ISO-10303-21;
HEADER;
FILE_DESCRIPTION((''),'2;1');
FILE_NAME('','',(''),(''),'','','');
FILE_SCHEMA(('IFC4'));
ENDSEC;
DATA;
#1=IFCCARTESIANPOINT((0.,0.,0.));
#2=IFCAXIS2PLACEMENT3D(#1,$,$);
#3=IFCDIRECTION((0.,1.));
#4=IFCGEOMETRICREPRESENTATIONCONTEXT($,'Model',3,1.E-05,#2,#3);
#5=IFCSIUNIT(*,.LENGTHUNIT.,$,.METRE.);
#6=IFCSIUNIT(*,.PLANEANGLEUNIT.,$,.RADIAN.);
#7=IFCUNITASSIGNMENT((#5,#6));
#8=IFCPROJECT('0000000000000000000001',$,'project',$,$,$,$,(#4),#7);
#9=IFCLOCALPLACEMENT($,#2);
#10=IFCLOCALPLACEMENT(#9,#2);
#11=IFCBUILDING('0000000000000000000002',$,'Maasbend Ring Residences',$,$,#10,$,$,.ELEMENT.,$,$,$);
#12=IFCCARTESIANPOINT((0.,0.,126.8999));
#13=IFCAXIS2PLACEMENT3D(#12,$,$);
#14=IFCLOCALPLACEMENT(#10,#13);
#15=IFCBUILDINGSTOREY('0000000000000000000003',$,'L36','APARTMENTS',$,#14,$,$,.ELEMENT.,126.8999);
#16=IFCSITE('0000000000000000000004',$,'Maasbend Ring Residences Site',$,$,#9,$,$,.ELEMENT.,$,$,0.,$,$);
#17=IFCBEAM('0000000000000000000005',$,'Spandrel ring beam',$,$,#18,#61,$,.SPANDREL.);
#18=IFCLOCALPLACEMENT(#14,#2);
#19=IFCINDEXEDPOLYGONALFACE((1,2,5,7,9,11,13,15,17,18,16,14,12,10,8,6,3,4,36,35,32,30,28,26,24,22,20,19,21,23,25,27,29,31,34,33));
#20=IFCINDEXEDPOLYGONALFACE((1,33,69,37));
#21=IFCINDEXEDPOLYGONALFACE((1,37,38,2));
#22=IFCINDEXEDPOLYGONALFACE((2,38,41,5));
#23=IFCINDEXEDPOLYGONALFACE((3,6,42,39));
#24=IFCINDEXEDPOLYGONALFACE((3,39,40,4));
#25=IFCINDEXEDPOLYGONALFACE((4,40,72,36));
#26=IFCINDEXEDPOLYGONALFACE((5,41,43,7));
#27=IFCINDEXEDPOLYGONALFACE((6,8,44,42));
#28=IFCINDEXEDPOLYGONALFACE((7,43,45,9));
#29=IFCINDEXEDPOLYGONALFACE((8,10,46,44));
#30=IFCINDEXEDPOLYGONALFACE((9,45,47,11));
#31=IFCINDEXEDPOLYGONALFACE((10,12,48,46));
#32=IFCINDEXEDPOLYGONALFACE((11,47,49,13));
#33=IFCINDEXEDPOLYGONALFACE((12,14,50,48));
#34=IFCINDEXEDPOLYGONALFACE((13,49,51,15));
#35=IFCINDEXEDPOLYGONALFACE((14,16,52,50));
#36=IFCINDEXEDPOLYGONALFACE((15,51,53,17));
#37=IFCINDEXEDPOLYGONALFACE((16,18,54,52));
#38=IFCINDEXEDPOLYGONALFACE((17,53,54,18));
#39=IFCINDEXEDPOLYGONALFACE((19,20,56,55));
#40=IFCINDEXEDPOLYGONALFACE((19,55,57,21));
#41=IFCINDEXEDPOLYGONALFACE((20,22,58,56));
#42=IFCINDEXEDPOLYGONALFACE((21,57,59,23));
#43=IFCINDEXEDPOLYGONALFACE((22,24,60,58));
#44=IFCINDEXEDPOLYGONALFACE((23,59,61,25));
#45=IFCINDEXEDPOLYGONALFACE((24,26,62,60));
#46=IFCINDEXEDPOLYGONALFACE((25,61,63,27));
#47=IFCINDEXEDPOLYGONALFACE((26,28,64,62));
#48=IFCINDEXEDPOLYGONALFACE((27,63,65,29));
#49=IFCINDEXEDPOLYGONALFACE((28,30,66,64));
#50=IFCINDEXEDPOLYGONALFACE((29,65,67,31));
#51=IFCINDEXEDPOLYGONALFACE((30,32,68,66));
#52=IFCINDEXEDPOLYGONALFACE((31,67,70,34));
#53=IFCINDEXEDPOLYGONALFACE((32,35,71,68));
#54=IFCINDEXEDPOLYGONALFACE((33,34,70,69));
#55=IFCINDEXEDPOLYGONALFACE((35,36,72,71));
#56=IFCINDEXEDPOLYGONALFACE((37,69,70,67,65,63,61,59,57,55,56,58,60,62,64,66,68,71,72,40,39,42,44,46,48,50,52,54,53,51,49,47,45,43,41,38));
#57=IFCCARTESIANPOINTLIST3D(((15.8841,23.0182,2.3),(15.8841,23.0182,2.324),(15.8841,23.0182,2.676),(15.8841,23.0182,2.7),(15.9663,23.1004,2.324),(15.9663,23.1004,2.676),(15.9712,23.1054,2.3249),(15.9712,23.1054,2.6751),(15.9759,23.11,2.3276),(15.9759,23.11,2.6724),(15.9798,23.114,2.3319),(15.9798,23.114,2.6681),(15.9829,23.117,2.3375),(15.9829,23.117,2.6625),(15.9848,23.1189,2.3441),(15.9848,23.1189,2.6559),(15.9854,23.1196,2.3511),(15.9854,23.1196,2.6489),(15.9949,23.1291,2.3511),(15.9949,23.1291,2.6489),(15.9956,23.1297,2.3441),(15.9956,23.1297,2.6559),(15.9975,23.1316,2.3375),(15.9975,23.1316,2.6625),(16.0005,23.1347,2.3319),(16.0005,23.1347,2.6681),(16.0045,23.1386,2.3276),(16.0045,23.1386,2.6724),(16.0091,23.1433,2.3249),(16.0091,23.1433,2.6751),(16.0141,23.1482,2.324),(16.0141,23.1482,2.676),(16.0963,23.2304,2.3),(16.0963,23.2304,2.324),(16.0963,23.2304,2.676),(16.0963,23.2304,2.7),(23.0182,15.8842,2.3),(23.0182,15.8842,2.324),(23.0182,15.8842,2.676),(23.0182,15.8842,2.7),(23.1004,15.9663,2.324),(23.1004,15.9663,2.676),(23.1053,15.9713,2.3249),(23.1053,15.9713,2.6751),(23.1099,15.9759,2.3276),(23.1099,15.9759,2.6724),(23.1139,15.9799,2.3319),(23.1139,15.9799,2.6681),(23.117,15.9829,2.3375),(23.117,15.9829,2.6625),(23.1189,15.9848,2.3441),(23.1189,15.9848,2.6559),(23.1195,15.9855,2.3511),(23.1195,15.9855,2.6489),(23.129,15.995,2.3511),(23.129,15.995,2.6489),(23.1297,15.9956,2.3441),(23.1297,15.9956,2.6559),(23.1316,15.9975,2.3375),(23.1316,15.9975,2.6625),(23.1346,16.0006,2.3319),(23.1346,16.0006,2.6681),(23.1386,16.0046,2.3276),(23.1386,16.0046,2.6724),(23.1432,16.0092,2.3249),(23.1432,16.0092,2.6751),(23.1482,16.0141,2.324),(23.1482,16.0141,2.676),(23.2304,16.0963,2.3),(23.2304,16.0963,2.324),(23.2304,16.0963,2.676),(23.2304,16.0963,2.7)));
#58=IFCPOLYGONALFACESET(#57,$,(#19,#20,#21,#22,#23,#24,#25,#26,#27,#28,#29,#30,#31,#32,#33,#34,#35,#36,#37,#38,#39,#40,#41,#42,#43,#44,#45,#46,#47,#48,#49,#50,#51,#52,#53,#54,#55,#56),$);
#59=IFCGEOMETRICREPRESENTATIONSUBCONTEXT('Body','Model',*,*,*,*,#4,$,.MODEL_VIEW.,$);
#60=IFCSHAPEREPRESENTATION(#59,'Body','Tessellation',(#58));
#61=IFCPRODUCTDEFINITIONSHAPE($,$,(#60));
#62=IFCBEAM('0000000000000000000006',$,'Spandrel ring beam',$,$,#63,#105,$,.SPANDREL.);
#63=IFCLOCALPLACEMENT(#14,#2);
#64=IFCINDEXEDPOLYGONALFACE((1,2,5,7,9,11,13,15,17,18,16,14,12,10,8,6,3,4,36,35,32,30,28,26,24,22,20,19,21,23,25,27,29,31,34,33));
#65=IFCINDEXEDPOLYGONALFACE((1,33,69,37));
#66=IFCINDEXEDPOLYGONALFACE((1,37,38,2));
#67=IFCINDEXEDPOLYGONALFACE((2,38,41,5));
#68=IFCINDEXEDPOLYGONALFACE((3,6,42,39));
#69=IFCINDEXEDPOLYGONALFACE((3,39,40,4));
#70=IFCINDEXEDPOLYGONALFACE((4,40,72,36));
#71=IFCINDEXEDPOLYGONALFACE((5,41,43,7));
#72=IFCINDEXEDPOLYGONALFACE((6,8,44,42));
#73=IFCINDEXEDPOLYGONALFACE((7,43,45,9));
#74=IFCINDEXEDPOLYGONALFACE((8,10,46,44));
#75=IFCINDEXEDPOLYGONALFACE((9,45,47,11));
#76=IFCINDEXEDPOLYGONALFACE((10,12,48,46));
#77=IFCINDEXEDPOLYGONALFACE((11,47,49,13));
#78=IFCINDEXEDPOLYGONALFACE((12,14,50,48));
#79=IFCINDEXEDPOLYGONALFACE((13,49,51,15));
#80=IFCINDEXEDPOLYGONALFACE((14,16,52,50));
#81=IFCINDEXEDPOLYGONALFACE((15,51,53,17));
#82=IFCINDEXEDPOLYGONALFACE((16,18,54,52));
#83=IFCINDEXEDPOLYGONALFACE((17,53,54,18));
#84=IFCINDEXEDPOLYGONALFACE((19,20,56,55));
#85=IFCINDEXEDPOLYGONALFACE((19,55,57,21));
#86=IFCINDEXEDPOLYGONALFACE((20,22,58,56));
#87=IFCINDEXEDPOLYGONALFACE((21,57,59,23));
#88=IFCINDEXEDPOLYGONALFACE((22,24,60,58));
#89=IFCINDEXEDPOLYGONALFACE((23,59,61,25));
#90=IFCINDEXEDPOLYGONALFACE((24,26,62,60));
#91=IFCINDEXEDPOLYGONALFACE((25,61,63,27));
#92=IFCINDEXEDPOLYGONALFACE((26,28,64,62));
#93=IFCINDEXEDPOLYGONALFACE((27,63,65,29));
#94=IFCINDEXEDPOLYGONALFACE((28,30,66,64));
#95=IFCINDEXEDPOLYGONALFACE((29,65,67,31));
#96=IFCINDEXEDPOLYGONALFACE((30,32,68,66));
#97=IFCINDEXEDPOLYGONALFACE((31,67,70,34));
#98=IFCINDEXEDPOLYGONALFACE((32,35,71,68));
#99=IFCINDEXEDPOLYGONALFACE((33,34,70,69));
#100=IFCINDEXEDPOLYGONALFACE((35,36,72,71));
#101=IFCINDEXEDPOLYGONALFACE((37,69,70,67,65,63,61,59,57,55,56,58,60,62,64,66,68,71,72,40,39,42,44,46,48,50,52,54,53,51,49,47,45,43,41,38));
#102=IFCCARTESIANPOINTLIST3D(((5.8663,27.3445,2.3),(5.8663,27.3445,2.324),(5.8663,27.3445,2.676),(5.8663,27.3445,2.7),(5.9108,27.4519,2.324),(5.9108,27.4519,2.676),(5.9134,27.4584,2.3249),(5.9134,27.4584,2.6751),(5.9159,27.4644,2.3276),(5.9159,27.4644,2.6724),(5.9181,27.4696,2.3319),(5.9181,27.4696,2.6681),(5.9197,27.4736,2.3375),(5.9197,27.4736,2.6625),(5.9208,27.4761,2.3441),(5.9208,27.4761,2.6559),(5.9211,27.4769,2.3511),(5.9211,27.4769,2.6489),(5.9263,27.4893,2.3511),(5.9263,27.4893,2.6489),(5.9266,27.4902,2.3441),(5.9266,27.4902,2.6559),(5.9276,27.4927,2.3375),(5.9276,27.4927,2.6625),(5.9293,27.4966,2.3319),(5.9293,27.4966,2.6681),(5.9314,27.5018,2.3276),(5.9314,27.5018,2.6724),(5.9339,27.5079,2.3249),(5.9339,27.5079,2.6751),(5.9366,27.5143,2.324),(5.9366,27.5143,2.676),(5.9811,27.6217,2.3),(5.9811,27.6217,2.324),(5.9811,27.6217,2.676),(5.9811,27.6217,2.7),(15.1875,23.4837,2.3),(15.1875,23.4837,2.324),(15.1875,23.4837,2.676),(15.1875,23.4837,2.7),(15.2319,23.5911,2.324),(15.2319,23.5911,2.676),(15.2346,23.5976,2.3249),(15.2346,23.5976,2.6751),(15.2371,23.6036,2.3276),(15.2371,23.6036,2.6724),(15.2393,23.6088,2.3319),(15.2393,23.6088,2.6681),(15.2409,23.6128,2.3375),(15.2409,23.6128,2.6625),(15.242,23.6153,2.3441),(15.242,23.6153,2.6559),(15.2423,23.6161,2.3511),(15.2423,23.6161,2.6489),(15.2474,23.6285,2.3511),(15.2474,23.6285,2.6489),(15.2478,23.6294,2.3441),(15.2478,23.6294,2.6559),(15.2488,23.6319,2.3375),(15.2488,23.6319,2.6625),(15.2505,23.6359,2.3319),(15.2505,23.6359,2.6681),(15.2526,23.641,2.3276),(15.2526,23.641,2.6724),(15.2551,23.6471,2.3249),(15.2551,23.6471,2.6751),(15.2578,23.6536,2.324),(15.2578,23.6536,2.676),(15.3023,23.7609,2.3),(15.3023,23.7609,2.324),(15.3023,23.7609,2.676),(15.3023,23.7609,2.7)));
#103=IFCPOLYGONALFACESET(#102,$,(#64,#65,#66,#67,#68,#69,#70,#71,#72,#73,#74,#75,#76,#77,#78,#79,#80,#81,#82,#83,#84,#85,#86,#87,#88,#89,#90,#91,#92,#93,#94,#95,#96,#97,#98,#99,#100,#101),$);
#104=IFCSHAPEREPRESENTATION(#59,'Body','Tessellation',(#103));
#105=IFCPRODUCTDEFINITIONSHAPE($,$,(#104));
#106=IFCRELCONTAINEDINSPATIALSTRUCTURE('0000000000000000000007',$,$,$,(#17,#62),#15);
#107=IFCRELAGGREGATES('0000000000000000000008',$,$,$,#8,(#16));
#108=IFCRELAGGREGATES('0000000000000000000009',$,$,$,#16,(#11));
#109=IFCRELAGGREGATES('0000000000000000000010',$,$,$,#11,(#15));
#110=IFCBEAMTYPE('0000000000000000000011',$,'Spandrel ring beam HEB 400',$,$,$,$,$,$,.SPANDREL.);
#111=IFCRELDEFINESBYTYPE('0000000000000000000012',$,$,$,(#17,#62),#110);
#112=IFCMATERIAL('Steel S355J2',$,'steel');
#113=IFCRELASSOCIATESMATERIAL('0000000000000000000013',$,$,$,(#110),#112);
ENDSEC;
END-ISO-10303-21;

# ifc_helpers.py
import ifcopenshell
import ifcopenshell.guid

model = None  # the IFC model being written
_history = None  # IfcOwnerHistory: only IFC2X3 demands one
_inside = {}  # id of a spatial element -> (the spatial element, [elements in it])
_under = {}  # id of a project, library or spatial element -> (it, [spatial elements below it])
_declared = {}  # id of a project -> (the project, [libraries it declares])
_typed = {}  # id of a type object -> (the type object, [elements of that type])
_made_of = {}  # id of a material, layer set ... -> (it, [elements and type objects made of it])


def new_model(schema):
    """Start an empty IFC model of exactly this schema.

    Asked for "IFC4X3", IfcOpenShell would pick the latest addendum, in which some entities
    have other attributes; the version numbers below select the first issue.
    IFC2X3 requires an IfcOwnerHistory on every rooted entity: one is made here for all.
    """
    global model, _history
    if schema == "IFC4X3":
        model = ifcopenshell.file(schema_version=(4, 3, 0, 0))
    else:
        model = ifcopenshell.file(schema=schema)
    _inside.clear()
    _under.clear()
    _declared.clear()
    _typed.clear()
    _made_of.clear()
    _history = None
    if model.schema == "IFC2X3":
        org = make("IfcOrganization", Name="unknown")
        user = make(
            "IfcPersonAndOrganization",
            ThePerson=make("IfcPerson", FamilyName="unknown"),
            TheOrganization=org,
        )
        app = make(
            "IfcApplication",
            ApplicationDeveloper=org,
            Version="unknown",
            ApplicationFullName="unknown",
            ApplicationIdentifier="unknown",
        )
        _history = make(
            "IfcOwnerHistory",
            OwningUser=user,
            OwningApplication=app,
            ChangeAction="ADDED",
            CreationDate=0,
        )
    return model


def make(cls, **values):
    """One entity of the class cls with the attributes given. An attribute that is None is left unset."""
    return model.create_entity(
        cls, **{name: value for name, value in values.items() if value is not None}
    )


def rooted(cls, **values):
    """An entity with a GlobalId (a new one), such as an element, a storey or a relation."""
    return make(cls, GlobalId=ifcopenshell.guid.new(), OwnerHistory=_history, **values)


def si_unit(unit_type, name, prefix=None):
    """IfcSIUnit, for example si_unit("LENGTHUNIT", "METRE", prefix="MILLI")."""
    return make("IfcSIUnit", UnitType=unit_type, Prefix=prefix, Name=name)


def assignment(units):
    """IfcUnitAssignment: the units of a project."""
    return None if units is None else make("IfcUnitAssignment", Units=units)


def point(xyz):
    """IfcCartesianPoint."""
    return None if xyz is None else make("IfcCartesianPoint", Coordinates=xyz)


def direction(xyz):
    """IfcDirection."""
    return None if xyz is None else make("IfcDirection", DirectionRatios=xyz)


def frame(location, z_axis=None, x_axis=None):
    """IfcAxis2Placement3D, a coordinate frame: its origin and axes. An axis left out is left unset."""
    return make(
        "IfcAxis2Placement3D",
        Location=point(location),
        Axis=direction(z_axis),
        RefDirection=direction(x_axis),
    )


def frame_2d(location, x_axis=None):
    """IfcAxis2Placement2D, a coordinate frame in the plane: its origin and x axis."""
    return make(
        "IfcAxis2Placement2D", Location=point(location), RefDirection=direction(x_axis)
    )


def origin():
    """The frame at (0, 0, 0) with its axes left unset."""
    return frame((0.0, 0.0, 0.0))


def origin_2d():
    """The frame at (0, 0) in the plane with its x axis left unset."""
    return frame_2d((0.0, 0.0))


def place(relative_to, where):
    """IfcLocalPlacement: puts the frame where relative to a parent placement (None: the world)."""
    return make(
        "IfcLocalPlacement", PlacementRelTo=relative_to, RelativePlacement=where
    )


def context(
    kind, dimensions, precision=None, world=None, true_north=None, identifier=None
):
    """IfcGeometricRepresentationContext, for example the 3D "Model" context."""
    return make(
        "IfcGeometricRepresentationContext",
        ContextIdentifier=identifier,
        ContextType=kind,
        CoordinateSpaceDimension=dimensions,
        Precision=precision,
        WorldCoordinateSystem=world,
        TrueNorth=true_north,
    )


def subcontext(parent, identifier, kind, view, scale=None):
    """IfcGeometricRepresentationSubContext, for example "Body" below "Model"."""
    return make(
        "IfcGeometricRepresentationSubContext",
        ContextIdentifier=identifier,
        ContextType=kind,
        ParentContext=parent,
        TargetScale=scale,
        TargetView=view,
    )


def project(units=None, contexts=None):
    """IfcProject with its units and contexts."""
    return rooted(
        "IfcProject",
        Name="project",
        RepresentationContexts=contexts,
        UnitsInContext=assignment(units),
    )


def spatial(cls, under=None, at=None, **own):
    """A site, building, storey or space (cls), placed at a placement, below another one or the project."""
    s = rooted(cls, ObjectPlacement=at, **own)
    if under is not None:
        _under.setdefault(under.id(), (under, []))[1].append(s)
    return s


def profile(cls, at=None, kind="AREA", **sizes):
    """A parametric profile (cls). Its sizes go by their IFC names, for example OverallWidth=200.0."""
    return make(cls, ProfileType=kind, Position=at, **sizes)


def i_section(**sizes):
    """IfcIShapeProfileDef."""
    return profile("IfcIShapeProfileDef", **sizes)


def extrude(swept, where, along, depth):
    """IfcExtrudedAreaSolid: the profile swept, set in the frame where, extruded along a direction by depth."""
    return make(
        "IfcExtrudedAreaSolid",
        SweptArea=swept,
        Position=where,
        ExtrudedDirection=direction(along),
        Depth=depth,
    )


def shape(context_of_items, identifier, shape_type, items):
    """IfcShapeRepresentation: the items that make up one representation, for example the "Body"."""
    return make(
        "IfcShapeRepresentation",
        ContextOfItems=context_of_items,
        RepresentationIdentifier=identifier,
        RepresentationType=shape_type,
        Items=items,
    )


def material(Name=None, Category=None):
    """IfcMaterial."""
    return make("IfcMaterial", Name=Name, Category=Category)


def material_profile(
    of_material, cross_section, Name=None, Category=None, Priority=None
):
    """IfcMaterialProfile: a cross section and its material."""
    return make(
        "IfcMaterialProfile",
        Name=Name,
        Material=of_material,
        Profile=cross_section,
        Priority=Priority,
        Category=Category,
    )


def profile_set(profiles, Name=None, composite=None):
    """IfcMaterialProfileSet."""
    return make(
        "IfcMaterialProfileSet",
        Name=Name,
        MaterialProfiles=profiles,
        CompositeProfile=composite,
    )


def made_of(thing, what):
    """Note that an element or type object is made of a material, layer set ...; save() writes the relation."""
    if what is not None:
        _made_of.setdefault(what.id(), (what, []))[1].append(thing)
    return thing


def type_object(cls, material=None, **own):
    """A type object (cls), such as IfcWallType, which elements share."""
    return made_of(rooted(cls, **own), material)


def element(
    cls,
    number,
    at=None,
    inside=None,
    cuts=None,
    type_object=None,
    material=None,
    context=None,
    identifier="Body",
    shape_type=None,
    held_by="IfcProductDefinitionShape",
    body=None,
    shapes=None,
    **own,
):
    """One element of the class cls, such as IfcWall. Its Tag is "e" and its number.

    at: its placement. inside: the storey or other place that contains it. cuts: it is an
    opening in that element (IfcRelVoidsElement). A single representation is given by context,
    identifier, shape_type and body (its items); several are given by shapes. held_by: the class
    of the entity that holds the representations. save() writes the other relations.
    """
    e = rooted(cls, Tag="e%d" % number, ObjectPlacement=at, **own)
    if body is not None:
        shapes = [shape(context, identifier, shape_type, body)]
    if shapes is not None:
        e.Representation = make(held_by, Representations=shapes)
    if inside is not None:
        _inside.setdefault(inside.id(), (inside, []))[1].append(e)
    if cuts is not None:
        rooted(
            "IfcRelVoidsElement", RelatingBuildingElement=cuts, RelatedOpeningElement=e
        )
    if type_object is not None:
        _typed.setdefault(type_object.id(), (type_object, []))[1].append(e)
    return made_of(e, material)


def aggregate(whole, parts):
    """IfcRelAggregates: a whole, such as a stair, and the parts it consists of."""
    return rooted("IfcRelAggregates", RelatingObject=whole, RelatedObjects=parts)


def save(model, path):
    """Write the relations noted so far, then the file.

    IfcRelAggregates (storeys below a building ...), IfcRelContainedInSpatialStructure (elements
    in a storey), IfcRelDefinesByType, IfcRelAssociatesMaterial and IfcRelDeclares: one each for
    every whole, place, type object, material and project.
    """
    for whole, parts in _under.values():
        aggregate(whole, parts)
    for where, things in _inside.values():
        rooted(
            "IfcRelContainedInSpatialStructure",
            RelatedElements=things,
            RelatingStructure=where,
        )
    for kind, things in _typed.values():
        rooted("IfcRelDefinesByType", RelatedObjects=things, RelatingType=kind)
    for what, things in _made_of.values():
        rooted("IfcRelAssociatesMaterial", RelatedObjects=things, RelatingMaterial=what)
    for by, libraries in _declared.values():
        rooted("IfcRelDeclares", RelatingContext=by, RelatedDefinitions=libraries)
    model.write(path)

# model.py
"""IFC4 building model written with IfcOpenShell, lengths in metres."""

from ifc_helpers import new_model, si_unit, direction, frame, origin, origin_2d, place, context, subcontext, project, spatial, i_section, extrude, material, material_profile, profile_set, type_object, element, save


model = new_model("IFC4")

# Units and contexts
model_context = context("Model", 3, precision=1e-05, world=origin(), true_north=direction((0.0, 1.0)))
body_context = subcontext(model_context, "Body", "Model", "MODEL_VIEW")
ifc_project = project(units=[si_unit("LENGTHUNIT", "METRE"), si_unit("PLANEANGLEUNIT", "RADIAN")], contexts=[model_context])

# Site, building, storey
site_placement = place(None, origin())
site = spatial("IfcSite", under=ifc_project, at=site_placement, Name="Maasbend Ring Residences Site", CompositionType="ELEMENT", RefElevation=0.0)
building_placement = place(site_placement, origin())
building = spatial("IfcBuilding", under=site, at=building_placement, Name="Maasbend Ring Residences", CompositionType="ELEMENT")
storey_placement = place(building_placement, frame((0.0, 0.0, 126.8999)))
storey = spatial("IfcBuildingStorey", under=building, at=storey_placement, Name="L36", Description="APARTMENTS", CompositionType="ELEMENT", Elevation=126.8999)

# Beams
ifc_material_1 = material(Name="Steel S355J2", Category="steel")
ifc_material_profile_1 = material_profile(ifc_material_1, i_section(OverallWidth=0.3, OverallDepth=0.3999, WebThickness=0.0134, FlangeThickness=0.0239, FilletRadius=0.0271, at=origin_2d()), Name="HEB 400")
ifc_profile_set_1 = profile_set([ifc_material_profile_1], Name="Steel S355J2")
beam_type = type_object("IfcBeamType", Name="Spandrel ring beam HEB 400", PredefinedType="SPANDREL", material=ifc_profile_set_1)
for number, where, z_axis, x_axis, name in (
    (1, (23.1243, 15.9902, 2.5), (-0.707107, 0.707107, 0.0), (-0.707107, -0.707107, 0.0), "Spandrel ring beam"),
    (2, (15.2449, 23.6223, 2.5), (-0.923885, 0.38267, 0.0), (-0.38267, -0.923885, 0.0), "Spandrel ring beam"),
):
    element("IfcBeam", number, at=place(storey_placement, frame(where, z_axis=z_axis, x_axis=x_axis)), inside=storey, type_object=beam_type, Name=name, PredefinedType="SPANDREL", context=body_context, shape_type="SweptSolid", body=[
        extrude(i_section(OverallWidth=0.3, OverallDepth=0.3999, WebThickness=0.0134, FlangeThickness=0.0239, FilletRadius=0.0271, at=origin_2d()), origin(), (0.0, 0.0, 1.0), 10.0891),
    ])

save(model, "model.ifc")
